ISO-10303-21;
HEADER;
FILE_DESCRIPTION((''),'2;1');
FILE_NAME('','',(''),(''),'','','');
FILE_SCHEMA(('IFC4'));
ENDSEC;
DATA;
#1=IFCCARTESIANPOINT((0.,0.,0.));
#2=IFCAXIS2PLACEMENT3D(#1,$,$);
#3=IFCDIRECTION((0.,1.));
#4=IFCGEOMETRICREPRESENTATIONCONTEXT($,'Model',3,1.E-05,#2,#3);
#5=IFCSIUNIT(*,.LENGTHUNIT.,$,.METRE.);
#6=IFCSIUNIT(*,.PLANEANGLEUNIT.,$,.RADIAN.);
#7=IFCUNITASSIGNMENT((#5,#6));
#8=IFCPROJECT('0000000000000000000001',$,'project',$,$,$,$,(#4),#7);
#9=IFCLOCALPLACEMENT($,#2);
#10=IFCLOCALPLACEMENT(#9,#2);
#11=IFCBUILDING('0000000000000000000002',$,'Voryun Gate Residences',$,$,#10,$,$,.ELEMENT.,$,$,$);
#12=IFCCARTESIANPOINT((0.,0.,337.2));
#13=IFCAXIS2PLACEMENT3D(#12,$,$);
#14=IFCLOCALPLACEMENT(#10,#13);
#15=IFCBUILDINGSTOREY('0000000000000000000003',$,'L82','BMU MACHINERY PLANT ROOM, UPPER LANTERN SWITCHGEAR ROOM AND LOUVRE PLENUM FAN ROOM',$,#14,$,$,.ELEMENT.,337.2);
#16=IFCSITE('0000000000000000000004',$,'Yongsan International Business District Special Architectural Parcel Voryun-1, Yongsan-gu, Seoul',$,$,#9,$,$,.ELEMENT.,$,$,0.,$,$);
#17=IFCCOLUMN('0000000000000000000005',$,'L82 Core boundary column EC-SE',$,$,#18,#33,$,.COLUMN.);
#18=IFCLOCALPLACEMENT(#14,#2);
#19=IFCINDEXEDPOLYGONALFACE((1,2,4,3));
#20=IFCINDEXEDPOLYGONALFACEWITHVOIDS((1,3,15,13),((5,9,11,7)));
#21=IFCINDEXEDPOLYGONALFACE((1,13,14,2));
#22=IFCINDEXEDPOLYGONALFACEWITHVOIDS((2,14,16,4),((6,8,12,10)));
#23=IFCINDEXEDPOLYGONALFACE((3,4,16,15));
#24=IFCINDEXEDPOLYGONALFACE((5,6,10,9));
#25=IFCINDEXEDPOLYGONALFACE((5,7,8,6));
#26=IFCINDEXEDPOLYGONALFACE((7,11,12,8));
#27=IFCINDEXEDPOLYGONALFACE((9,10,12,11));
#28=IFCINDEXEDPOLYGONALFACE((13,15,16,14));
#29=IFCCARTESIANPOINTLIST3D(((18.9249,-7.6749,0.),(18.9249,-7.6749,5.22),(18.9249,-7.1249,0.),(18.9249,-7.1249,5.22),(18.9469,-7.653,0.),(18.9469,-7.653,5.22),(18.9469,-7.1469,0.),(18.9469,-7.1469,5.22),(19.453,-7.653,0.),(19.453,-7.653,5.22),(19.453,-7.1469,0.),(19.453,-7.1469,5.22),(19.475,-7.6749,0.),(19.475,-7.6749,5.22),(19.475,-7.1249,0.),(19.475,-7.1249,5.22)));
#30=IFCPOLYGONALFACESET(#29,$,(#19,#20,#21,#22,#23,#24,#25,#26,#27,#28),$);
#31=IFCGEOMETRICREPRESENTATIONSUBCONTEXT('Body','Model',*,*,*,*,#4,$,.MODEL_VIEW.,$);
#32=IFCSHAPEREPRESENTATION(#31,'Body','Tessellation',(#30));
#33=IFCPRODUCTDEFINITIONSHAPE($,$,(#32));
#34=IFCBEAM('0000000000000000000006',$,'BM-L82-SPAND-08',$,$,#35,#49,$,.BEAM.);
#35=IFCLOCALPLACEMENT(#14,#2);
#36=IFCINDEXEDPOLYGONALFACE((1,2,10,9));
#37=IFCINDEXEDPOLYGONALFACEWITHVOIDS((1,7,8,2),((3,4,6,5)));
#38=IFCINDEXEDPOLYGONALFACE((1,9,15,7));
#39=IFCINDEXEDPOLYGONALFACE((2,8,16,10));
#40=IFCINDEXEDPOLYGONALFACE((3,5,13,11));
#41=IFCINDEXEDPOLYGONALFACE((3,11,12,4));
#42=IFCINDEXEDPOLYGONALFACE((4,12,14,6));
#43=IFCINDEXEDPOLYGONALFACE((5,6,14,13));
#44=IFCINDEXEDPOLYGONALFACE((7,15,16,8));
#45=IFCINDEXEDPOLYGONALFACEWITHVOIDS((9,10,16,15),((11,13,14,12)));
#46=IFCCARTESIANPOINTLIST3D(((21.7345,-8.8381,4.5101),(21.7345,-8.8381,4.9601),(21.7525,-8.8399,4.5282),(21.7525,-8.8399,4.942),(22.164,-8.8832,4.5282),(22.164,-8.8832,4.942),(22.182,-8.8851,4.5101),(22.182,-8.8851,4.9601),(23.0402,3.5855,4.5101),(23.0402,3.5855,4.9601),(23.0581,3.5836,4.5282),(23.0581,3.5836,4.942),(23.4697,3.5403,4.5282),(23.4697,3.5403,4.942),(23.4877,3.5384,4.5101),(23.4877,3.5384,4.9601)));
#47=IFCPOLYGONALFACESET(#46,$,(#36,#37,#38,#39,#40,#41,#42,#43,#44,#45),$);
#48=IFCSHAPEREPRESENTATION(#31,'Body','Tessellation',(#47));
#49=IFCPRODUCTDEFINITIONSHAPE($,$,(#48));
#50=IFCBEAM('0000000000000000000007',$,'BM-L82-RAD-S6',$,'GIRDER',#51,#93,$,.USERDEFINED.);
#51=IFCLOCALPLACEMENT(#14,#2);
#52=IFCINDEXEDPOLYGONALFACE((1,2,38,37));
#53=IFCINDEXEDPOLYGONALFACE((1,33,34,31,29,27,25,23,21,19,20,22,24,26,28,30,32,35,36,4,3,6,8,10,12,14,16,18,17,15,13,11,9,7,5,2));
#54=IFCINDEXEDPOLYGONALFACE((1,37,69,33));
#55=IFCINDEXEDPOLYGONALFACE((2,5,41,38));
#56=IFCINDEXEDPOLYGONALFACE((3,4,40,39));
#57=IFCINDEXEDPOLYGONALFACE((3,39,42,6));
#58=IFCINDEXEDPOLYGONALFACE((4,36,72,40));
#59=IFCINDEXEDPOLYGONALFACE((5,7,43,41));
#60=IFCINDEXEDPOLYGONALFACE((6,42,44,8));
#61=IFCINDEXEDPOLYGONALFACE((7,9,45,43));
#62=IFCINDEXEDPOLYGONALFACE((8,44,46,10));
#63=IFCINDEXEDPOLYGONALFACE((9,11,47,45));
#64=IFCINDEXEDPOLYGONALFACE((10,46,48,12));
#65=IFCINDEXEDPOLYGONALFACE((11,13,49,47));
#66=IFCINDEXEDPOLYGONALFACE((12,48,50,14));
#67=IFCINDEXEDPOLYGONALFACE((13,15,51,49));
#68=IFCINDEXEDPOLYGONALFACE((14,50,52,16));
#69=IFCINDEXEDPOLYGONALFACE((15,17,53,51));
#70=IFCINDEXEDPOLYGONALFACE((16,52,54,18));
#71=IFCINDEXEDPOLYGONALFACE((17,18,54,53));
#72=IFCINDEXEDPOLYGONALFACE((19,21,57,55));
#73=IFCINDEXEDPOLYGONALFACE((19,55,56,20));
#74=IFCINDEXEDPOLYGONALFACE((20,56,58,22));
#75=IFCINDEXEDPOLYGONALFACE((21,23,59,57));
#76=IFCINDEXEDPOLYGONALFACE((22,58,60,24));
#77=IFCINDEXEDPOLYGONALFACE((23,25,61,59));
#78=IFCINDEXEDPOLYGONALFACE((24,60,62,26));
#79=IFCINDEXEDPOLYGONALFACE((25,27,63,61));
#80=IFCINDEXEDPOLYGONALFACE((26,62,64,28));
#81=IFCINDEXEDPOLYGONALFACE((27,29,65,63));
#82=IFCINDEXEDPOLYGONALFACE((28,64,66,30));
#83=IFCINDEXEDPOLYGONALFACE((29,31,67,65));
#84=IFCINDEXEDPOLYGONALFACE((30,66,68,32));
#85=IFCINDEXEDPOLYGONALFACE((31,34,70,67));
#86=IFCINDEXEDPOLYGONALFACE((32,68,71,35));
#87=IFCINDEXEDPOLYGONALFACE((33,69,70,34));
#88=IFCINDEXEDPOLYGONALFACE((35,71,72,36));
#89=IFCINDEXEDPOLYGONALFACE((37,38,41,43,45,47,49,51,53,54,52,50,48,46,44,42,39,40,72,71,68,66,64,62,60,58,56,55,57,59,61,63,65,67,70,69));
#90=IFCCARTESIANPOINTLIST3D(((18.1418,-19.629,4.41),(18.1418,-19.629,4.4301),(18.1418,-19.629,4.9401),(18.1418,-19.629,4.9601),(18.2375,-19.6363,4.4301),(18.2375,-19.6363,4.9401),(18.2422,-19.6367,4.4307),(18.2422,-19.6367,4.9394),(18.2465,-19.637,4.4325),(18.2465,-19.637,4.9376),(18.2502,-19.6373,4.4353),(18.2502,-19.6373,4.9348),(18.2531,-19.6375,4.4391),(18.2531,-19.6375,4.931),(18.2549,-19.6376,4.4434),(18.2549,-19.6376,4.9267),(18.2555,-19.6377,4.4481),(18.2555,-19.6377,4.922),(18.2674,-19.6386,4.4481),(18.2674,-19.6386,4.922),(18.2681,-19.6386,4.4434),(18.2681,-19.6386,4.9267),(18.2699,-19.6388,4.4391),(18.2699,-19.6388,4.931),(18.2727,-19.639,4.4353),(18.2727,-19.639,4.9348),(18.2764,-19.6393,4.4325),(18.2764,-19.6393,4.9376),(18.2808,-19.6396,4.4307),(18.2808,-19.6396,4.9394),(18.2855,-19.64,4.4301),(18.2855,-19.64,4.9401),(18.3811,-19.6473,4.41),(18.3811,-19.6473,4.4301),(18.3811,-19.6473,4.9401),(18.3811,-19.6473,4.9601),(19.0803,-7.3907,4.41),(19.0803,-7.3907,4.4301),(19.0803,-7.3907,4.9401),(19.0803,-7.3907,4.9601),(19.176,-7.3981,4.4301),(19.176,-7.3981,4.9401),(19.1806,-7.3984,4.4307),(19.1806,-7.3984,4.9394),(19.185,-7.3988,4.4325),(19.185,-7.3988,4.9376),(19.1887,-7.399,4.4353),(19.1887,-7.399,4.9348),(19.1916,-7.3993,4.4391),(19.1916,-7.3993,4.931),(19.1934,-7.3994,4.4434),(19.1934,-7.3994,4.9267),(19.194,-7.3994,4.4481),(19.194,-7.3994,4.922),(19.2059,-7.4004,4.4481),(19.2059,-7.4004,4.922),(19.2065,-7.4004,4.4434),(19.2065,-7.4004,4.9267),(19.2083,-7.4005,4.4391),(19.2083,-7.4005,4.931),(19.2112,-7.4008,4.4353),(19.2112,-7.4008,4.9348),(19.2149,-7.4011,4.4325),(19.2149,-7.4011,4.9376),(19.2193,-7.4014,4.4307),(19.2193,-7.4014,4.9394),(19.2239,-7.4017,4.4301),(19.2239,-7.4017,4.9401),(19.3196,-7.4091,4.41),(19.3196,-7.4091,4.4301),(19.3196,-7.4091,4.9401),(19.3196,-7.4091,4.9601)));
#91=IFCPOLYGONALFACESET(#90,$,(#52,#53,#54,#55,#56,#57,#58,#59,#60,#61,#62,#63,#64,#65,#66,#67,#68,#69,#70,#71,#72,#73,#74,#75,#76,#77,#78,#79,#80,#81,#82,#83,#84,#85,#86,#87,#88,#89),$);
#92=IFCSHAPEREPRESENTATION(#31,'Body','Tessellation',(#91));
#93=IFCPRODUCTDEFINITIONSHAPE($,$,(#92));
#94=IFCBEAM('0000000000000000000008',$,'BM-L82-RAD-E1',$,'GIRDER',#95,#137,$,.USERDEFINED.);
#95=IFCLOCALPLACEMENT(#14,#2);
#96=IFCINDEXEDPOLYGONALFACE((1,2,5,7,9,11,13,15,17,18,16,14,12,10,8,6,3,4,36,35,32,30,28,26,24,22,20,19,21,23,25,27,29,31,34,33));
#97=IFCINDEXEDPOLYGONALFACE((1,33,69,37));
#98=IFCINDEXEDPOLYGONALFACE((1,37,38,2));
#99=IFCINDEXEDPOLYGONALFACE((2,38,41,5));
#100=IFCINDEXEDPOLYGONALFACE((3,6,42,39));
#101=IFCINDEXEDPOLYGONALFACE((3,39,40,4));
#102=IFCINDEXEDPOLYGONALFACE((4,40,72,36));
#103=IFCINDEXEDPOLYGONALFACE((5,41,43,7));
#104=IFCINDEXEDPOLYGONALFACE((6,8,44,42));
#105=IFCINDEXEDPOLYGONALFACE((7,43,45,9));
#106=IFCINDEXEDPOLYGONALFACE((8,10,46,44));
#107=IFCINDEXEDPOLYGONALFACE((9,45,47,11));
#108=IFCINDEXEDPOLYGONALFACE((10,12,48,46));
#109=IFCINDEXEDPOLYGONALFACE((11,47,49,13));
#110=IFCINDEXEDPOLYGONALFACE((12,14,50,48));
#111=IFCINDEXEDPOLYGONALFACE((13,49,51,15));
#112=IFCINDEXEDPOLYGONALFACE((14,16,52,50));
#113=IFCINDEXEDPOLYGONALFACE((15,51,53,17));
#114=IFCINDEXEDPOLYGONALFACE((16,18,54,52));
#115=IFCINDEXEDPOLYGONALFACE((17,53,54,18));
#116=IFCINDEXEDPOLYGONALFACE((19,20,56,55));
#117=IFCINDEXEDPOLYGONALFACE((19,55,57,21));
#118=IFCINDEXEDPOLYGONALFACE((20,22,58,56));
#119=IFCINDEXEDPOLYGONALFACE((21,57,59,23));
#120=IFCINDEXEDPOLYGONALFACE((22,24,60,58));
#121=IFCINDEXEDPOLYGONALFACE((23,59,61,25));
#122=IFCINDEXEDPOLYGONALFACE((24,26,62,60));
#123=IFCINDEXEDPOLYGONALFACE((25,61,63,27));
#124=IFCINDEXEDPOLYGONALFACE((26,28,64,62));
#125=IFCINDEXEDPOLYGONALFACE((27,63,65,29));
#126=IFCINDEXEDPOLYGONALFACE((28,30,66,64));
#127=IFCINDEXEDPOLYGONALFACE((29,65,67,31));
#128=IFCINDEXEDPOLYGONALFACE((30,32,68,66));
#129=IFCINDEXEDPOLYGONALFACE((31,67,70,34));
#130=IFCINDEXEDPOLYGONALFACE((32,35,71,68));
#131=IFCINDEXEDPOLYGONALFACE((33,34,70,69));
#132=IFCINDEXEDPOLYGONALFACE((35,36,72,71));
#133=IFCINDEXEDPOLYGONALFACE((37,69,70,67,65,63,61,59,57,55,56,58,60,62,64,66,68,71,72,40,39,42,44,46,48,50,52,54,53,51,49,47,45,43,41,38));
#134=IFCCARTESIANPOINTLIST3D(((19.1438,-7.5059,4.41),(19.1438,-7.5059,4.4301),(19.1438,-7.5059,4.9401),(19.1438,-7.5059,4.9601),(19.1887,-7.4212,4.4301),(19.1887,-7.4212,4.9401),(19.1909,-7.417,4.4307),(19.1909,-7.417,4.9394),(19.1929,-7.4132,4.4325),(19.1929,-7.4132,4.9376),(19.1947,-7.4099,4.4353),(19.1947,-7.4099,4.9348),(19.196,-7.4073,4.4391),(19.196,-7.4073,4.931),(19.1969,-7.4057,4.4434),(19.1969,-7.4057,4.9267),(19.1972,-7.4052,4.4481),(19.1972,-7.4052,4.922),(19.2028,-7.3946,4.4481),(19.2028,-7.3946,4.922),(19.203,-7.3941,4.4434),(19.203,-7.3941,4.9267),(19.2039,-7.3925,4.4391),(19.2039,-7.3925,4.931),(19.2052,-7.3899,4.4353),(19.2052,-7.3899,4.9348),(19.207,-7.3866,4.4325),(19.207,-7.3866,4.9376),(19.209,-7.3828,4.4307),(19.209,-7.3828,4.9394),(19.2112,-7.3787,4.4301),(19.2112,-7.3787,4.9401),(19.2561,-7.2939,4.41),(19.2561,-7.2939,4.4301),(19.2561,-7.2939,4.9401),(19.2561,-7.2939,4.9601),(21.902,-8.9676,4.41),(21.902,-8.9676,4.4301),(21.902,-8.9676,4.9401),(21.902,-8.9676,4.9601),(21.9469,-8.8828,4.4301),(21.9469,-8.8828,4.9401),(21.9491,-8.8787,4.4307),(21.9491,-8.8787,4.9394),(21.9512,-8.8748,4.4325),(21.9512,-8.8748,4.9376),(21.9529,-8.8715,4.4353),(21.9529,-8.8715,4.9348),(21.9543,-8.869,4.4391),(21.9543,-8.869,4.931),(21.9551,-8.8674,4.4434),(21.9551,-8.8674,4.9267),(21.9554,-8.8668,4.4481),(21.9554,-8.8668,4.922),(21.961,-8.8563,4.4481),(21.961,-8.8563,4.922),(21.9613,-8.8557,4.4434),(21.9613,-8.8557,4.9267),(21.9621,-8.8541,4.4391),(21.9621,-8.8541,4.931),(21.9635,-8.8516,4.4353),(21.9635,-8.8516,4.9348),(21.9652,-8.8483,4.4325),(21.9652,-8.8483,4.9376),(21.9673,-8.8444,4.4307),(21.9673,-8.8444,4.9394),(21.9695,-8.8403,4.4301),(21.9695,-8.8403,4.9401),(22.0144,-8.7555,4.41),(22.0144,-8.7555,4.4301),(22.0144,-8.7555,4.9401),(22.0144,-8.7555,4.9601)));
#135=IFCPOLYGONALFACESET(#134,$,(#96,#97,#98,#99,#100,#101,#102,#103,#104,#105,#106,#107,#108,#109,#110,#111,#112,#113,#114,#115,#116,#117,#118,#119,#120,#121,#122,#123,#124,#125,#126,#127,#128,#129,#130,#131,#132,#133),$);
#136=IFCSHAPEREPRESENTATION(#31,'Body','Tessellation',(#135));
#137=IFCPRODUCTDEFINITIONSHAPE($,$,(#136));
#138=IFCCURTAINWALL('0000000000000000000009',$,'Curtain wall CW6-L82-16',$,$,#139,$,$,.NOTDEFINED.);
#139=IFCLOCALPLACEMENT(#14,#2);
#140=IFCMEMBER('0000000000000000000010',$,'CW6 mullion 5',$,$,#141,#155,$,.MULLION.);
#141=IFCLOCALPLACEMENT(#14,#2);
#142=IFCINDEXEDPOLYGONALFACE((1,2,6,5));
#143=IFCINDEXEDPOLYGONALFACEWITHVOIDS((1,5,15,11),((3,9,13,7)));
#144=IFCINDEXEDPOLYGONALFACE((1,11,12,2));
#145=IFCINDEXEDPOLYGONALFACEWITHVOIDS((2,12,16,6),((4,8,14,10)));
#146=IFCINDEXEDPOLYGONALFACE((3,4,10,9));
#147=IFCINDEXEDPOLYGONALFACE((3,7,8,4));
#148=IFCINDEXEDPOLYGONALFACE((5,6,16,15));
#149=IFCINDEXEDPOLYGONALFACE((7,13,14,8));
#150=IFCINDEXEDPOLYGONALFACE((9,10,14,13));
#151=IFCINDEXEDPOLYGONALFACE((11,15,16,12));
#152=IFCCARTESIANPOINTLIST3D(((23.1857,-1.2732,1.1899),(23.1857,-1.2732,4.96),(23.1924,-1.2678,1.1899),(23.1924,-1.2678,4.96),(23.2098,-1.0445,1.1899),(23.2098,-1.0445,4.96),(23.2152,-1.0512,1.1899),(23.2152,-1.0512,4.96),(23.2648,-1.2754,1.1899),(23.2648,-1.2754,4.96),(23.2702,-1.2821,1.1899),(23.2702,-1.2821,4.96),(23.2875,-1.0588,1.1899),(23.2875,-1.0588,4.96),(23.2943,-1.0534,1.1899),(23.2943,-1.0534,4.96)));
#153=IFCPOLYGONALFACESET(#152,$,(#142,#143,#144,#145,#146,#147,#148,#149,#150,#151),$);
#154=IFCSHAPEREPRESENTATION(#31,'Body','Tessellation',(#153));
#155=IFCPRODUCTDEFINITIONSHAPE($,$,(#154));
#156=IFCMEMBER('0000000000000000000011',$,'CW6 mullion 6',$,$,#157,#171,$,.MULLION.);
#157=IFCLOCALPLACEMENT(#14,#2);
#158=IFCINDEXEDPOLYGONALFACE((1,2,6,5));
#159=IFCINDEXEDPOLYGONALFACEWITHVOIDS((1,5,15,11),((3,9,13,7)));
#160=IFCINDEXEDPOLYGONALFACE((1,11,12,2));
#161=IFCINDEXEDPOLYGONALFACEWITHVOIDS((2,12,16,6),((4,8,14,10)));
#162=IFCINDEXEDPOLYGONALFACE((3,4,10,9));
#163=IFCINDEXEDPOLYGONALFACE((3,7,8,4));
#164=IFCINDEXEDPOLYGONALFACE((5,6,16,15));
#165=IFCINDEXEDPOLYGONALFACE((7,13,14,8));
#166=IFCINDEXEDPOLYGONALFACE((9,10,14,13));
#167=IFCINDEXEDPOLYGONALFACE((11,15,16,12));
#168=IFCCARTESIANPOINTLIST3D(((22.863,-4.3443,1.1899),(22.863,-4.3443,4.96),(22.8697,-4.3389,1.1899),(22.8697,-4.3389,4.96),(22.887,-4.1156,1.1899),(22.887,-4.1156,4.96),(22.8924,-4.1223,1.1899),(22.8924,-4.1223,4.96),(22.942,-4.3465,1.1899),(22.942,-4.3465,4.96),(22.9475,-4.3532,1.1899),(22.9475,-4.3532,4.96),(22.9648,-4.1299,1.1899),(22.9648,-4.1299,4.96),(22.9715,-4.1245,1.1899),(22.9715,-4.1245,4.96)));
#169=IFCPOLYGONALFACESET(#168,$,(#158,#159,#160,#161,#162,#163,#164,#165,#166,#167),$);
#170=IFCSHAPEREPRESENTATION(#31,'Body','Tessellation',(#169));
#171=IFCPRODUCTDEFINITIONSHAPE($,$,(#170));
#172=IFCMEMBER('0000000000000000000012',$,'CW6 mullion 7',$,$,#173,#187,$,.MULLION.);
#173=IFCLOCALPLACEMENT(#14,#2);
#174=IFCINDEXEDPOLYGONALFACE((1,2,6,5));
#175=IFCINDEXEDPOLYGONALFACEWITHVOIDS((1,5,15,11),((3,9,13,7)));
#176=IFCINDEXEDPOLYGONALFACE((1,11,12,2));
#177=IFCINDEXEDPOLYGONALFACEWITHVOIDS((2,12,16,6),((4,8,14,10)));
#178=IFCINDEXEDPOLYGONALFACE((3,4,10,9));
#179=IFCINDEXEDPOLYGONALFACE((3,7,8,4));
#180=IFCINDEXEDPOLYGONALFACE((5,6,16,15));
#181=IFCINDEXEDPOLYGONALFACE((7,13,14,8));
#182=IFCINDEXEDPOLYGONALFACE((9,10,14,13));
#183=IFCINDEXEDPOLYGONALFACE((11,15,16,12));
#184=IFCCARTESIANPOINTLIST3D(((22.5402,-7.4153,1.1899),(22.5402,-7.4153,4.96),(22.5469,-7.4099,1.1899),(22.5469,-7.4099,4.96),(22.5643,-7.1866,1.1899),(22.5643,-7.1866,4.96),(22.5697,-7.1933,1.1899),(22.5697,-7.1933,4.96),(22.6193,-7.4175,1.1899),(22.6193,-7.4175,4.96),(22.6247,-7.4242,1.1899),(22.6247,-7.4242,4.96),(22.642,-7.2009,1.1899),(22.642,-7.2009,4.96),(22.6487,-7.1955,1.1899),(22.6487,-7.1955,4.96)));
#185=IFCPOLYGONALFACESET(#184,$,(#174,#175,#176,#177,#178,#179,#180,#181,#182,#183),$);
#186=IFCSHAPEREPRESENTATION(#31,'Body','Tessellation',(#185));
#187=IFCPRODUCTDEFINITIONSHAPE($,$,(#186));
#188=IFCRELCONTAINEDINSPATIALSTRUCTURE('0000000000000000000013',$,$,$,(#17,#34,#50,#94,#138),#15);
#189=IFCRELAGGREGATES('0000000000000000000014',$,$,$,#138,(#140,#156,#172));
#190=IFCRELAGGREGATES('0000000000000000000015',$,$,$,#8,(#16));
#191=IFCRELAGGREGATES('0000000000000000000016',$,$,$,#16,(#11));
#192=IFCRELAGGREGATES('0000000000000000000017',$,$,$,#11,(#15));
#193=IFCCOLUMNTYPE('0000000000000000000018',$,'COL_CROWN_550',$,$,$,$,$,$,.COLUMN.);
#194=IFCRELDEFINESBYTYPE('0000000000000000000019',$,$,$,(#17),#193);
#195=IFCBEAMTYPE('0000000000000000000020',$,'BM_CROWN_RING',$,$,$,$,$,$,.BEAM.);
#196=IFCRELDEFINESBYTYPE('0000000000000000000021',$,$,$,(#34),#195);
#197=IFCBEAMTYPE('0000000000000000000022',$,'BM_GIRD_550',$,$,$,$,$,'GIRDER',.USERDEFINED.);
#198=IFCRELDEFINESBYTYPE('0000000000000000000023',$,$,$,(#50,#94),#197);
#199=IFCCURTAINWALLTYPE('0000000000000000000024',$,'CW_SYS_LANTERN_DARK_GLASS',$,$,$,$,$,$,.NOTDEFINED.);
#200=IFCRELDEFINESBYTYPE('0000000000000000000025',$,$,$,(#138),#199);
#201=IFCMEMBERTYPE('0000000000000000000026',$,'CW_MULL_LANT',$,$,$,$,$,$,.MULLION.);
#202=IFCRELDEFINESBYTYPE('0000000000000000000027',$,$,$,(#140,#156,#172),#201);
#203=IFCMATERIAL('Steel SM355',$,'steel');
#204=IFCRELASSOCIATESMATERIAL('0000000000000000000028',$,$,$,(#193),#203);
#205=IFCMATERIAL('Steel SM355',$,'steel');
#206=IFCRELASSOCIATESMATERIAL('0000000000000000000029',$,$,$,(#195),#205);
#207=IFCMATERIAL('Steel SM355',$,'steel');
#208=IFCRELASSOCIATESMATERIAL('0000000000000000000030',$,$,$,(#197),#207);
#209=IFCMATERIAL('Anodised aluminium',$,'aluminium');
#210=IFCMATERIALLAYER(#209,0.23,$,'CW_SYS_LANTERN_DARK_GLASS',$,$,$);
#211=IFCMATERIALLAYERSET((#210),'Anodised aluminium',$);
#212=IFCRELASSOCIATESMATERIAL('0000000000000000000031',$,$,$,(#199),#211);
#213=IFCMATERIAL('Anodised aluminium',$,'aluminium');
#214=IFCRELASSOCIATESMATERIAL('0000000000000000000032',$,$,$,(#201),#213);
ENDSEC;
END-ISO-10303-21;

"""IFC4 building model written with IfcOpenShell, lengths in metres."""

from ifc_helpers import new_model, si_unit, direction, frame, origin, origin_2d, place, context, subcontext, project, spatial, hollow_rectangle, i_section, extrude, material, layer, layer_set, material_profile, profile_set, type_object, element, aggregate, save


model = new_model("IFC4")

# Units and contexts
model_context = context("Model", 3, precision=1e-05, world=origin(), true_north=direction((0.0, 1.0)))
body_context = subcontext(model_context, "Body", "Model", "MODEL_VIEW")
ifc_project = project(units=[si_unit("LENGTHUNIT", "METRE"), si_unit("PLANEANGLEUNIT", "RADIAN")], contexts=[model_context])

# Site, building, storey
site_placement = place(None, origin())
site = spatial("IfcSite", under=ifc_project, at=site_placement, Name="Yongsan International Business District Special Architectural Parcel Voryun-1, Yongsan-gu, Seoul", CompositionType="ELEMENT", RefElevation=0.0)
building_placement = place(site_placement, origin())
building = spatial("IfcBuilding", under=site, at=building_placement, Name="Voryun Gate Residences", CompositionType="ELEMENT")
storey_placement = place(building_placement, frame((0.0, 0.0, 337.2)))
storey = spatial("IfcBuildingStorey", under=building, at=storey_placement, Name="L82", Description="BMU MACHINERY PLANT ROOM, UPPER LANTERN SWITCHGEAR ROOM AND LOUVRE PLENUM FAN ROOM", CompositionType="ELEMENT", Elevation=337.2)

# Column
ifc_material_1 = material(Name="Steel SM355", Category="steel")
ifc_material_profile_1 = material_profile(ifc_material_1, hollow_rectangle(XDim=0.55, YDim=0.55, WallThickness=0.022, at=origin_2d()), Name="BOX-550x550x22")
ifc_profile_set_1 = profile_set([ifc_material_profile_1], Name="Steel SM355")
column_type = type_object("IfcColumnType", Name="COL_CROWN_550", PredefinedType="COLUMN", material=ifc_profile_set_1)
column_placement = place(storey_placement, frame((19.2, -7.3999, 0.0), z_axis=(0.0, 0.0, 1.0), x_axis=(1.0, 0.0, 0.0)))
element("IfcColumn", 1, at=column_placement, inside=storey, type_object=column_type, Name="L82 Core boundary column EC-SE", PredefinedType="COLUMN", context=body_context, shape_type="SweptSolid", body=[
    extrude(hollow_rectangle(XDim=0.55, YDim=0.55, WallThickness=0.022, at=origin_2d()), origin(), (0.0, 0.0, 1.0), 5.22),
])

# Beams
ifc_material_2 = material(Name="Steel SM355", Category="steel")
ifc_material_profile_2 = material_profile(ifc_material_2, hollow_rectangle(XDim=0.45, YDim=0.45, WallThickness=0.0181, at=origin_2d()), Name="BOX-450x450x18")
ifc_profile_set_2 = profile_set([ifc_material_profile_2], Name="Steel SM355")
beam_type_1 = type_object("IfcBeamType", Name="BM_CROWN_RING", PredefinedType="BEAM", material=ifc_profile_set_2)
beam_1_placement = place(storey_placement, frame((21.9583, -8.8616, 4.7351), z_axis=(0.10452, 0.994523, 0.0), x_axis=(-0.994523, 0.10452, 0.0)))
element("IfcBeam", 2, at=beam_1_placement, inside=storey, type_object=beam_type_1, Name="BM-L82-SPAND-08", PredefinedType="BEAM", context=body_context, shape_type="SweptSolid", body=[
    extrude(hollow_rectangle(XDim=0.45, YDim=0.45, WallThickness=0.0181, at=origin_2d()), origin(), (0.0, 0.0, 1.0), 12.4919),
])
ifc_material_3 = material(Name="Steel SM355", Category="steel")
ifc_material_profile_3 = material_profile(ifc_material_3, i_section(OverallWidth=0.24, OverallDepth=0.55, WebThickness=0.012, FlangeThickness=0.02, FilletRadius=0.0181, at=origin_2d()), Name="H-550x240x12x20")
ifc_profile_set_3 = profile_set([ifc_material_profile_3], Name="Steel SM355")
beam_type_2 = type_object("IfcBeamType", Name="BM_GIRD_550", ElementType="GIRDER", PredefinedType="USERDEFINED", material=ifc_profile_set_3)
beam_2_placement = place(storey_placement, frame((19.2, -7.3999, 4.6851), z_axis=(-0.076459, -0.997073, 0.0), x_axis=(0.997073, -0.076459, 0.0)))
element("IfcBeam", 3, at=beam_2_placement, inside=storey, type_object=beam_type_2, Name="BM-L82-RAD-S6", ObjectType="GIRDER", PredefinedType="USERDEFINED", context=body_context, shape_type="SweptSolid", body=[
    extrude(i_section(OverallWidth=0.24, OverallDepth=0.55, WebThickness=0.012, FlangeThickness=0.02, FilletRadius=0.0181, at=origin_2d()), origin(), (0.0, 0.0, 1.0), 12.2742),
])
beam_3_placement = place(storey_placement, frame((19.2, -7.3999, 4.6851), z_axis=(0.883603, -0.468236, 0.0), x_axis=(0.468236, 0.883603, 0.0)))
element("IfcBeam", 4, at=beam_3_placement, inside=storey, type_object=beam_type_2, Name="BM-L82-RAD-E1", ObjectType="GIRDER", PredefinedType="USERDEFINED", context=body_context, shape_type="SweptSolid", body=[
    extrude(i_section(OverallWidth=0.24, OverallDepth=0.55, WebThickness=0.012, FlangeThickness=0.02, FilletRadius=0.0181, at=origin_2d()), origin(), (0.0, 0.0, 1.0), 3.1216),
])

# Curtain wall, members
ifc_material_4 = material(Name="Anodised aluminium", Category="aluminium")
ifc_layer_1 = layer(ifc_material_4, 0.23, Name="CW_SYS_LANTERN_DARK_GLASS")
ifc_layer_set_1 = layer_set([ifc_layer_1], Name="Anodised aluminium")
curtain_wall_type = type_object("IfcCurtainWallType", Name="CW_SYS_LANTERN_DARK_GLASS", PredefinedType="NOTDEFINED", material=ifc_layer_set_1)
curtain_wall_placement = place(storey_placement, origin())
curtain_wall = element("IfcCurtainWall", 5, at=curtain_wall_placement, inside=storey, type_object=curtain_wall_type, Name="Curtain wall CW6-L82-16", PredefinedType="NOTDEFINED")
ifc_material_5 = material(Name="Anodised aluminium", Category="aluminium")
ifc_material_profile_4 = material_profile(ifc_material_5, hollow_rectangle(XDim=0.085, YDim=0.23, WallThickness=0.0061, at=origin_2d()), Name="ALU-MULL-230x85x6")
ifc_profile_set_4 = profile_set([ifc_material_profile_4], Name="Anodised aluminium")
member_type_1 = type_object("IfcMemberType", Name="CW_MULL_LANT", PredefinedType="MULLION", material=ifc_profile_set_4)
member_1_placement = place(storey_placement, frame((23.24, -1.1633, 1.1899), z_axis=(0.0, 0.0, 1.0), x_axis=(0.994522, -0.104528, 0.0)))
member_1 = element("IfcMember", 6, at=member_1_placement, type_object=member_type_1, Name="CW6 mullion 5", PredefinedType="MULLION", context=body_context, shape_type="SweptSolid", body=[
    extrude(hollow_rectangle(XDim=0.085, YDim=0.23, WallThickness=0.0061, at=origin_2d()), origin(), (0.0, 0.0, 1.0), 3.77),
])
member_2_placement = place(storey_placement, frame((22.9172, -4.2344, 1.1899), z_axis=(0.0, 0.0, 1.0), x_axis=(0.994522, -0.104528, 0.0)))
member_2 = element("IfcMember", 7, at=member_2_placement, type_object=member_type_1, Name="CW6 mullion 6", PredefinedType="MULLION", context=body_context, shape_type="SweptSolid", body=[
    extrude(hollow_rectangle(XDim=0.085, YDim=0.23, WallThickness=0.0061, at=origin_2d()), origin(), (0.0, 0.0, 1.0), 3.77),
])
member_3_placement = place(storey_placement, frame((22.5945, -7.3054, 1.1899), z_axis=(0.0, 0.0, 1.0), x_axis=(0.994522, -0.104528, 0.0)))
member_3 = element("IfcMember", 8, at=member_3_placement, type_object=member_type_1, Name="CW6 mullion 7", PredefinedType="MULLION", context=body_context, shape_type="SweptSolid", body=[
    extrude(hollow_rectangle(XDim=0.085, YDim=0.23, WallThickness=0.0061, at=origin_2d()), origin(), (0.0, 0.0, 1.0), 3.77),
])

aggregate(curtain_wall, [member_1, member_2, member_3])

save(model, "model.ifc")
